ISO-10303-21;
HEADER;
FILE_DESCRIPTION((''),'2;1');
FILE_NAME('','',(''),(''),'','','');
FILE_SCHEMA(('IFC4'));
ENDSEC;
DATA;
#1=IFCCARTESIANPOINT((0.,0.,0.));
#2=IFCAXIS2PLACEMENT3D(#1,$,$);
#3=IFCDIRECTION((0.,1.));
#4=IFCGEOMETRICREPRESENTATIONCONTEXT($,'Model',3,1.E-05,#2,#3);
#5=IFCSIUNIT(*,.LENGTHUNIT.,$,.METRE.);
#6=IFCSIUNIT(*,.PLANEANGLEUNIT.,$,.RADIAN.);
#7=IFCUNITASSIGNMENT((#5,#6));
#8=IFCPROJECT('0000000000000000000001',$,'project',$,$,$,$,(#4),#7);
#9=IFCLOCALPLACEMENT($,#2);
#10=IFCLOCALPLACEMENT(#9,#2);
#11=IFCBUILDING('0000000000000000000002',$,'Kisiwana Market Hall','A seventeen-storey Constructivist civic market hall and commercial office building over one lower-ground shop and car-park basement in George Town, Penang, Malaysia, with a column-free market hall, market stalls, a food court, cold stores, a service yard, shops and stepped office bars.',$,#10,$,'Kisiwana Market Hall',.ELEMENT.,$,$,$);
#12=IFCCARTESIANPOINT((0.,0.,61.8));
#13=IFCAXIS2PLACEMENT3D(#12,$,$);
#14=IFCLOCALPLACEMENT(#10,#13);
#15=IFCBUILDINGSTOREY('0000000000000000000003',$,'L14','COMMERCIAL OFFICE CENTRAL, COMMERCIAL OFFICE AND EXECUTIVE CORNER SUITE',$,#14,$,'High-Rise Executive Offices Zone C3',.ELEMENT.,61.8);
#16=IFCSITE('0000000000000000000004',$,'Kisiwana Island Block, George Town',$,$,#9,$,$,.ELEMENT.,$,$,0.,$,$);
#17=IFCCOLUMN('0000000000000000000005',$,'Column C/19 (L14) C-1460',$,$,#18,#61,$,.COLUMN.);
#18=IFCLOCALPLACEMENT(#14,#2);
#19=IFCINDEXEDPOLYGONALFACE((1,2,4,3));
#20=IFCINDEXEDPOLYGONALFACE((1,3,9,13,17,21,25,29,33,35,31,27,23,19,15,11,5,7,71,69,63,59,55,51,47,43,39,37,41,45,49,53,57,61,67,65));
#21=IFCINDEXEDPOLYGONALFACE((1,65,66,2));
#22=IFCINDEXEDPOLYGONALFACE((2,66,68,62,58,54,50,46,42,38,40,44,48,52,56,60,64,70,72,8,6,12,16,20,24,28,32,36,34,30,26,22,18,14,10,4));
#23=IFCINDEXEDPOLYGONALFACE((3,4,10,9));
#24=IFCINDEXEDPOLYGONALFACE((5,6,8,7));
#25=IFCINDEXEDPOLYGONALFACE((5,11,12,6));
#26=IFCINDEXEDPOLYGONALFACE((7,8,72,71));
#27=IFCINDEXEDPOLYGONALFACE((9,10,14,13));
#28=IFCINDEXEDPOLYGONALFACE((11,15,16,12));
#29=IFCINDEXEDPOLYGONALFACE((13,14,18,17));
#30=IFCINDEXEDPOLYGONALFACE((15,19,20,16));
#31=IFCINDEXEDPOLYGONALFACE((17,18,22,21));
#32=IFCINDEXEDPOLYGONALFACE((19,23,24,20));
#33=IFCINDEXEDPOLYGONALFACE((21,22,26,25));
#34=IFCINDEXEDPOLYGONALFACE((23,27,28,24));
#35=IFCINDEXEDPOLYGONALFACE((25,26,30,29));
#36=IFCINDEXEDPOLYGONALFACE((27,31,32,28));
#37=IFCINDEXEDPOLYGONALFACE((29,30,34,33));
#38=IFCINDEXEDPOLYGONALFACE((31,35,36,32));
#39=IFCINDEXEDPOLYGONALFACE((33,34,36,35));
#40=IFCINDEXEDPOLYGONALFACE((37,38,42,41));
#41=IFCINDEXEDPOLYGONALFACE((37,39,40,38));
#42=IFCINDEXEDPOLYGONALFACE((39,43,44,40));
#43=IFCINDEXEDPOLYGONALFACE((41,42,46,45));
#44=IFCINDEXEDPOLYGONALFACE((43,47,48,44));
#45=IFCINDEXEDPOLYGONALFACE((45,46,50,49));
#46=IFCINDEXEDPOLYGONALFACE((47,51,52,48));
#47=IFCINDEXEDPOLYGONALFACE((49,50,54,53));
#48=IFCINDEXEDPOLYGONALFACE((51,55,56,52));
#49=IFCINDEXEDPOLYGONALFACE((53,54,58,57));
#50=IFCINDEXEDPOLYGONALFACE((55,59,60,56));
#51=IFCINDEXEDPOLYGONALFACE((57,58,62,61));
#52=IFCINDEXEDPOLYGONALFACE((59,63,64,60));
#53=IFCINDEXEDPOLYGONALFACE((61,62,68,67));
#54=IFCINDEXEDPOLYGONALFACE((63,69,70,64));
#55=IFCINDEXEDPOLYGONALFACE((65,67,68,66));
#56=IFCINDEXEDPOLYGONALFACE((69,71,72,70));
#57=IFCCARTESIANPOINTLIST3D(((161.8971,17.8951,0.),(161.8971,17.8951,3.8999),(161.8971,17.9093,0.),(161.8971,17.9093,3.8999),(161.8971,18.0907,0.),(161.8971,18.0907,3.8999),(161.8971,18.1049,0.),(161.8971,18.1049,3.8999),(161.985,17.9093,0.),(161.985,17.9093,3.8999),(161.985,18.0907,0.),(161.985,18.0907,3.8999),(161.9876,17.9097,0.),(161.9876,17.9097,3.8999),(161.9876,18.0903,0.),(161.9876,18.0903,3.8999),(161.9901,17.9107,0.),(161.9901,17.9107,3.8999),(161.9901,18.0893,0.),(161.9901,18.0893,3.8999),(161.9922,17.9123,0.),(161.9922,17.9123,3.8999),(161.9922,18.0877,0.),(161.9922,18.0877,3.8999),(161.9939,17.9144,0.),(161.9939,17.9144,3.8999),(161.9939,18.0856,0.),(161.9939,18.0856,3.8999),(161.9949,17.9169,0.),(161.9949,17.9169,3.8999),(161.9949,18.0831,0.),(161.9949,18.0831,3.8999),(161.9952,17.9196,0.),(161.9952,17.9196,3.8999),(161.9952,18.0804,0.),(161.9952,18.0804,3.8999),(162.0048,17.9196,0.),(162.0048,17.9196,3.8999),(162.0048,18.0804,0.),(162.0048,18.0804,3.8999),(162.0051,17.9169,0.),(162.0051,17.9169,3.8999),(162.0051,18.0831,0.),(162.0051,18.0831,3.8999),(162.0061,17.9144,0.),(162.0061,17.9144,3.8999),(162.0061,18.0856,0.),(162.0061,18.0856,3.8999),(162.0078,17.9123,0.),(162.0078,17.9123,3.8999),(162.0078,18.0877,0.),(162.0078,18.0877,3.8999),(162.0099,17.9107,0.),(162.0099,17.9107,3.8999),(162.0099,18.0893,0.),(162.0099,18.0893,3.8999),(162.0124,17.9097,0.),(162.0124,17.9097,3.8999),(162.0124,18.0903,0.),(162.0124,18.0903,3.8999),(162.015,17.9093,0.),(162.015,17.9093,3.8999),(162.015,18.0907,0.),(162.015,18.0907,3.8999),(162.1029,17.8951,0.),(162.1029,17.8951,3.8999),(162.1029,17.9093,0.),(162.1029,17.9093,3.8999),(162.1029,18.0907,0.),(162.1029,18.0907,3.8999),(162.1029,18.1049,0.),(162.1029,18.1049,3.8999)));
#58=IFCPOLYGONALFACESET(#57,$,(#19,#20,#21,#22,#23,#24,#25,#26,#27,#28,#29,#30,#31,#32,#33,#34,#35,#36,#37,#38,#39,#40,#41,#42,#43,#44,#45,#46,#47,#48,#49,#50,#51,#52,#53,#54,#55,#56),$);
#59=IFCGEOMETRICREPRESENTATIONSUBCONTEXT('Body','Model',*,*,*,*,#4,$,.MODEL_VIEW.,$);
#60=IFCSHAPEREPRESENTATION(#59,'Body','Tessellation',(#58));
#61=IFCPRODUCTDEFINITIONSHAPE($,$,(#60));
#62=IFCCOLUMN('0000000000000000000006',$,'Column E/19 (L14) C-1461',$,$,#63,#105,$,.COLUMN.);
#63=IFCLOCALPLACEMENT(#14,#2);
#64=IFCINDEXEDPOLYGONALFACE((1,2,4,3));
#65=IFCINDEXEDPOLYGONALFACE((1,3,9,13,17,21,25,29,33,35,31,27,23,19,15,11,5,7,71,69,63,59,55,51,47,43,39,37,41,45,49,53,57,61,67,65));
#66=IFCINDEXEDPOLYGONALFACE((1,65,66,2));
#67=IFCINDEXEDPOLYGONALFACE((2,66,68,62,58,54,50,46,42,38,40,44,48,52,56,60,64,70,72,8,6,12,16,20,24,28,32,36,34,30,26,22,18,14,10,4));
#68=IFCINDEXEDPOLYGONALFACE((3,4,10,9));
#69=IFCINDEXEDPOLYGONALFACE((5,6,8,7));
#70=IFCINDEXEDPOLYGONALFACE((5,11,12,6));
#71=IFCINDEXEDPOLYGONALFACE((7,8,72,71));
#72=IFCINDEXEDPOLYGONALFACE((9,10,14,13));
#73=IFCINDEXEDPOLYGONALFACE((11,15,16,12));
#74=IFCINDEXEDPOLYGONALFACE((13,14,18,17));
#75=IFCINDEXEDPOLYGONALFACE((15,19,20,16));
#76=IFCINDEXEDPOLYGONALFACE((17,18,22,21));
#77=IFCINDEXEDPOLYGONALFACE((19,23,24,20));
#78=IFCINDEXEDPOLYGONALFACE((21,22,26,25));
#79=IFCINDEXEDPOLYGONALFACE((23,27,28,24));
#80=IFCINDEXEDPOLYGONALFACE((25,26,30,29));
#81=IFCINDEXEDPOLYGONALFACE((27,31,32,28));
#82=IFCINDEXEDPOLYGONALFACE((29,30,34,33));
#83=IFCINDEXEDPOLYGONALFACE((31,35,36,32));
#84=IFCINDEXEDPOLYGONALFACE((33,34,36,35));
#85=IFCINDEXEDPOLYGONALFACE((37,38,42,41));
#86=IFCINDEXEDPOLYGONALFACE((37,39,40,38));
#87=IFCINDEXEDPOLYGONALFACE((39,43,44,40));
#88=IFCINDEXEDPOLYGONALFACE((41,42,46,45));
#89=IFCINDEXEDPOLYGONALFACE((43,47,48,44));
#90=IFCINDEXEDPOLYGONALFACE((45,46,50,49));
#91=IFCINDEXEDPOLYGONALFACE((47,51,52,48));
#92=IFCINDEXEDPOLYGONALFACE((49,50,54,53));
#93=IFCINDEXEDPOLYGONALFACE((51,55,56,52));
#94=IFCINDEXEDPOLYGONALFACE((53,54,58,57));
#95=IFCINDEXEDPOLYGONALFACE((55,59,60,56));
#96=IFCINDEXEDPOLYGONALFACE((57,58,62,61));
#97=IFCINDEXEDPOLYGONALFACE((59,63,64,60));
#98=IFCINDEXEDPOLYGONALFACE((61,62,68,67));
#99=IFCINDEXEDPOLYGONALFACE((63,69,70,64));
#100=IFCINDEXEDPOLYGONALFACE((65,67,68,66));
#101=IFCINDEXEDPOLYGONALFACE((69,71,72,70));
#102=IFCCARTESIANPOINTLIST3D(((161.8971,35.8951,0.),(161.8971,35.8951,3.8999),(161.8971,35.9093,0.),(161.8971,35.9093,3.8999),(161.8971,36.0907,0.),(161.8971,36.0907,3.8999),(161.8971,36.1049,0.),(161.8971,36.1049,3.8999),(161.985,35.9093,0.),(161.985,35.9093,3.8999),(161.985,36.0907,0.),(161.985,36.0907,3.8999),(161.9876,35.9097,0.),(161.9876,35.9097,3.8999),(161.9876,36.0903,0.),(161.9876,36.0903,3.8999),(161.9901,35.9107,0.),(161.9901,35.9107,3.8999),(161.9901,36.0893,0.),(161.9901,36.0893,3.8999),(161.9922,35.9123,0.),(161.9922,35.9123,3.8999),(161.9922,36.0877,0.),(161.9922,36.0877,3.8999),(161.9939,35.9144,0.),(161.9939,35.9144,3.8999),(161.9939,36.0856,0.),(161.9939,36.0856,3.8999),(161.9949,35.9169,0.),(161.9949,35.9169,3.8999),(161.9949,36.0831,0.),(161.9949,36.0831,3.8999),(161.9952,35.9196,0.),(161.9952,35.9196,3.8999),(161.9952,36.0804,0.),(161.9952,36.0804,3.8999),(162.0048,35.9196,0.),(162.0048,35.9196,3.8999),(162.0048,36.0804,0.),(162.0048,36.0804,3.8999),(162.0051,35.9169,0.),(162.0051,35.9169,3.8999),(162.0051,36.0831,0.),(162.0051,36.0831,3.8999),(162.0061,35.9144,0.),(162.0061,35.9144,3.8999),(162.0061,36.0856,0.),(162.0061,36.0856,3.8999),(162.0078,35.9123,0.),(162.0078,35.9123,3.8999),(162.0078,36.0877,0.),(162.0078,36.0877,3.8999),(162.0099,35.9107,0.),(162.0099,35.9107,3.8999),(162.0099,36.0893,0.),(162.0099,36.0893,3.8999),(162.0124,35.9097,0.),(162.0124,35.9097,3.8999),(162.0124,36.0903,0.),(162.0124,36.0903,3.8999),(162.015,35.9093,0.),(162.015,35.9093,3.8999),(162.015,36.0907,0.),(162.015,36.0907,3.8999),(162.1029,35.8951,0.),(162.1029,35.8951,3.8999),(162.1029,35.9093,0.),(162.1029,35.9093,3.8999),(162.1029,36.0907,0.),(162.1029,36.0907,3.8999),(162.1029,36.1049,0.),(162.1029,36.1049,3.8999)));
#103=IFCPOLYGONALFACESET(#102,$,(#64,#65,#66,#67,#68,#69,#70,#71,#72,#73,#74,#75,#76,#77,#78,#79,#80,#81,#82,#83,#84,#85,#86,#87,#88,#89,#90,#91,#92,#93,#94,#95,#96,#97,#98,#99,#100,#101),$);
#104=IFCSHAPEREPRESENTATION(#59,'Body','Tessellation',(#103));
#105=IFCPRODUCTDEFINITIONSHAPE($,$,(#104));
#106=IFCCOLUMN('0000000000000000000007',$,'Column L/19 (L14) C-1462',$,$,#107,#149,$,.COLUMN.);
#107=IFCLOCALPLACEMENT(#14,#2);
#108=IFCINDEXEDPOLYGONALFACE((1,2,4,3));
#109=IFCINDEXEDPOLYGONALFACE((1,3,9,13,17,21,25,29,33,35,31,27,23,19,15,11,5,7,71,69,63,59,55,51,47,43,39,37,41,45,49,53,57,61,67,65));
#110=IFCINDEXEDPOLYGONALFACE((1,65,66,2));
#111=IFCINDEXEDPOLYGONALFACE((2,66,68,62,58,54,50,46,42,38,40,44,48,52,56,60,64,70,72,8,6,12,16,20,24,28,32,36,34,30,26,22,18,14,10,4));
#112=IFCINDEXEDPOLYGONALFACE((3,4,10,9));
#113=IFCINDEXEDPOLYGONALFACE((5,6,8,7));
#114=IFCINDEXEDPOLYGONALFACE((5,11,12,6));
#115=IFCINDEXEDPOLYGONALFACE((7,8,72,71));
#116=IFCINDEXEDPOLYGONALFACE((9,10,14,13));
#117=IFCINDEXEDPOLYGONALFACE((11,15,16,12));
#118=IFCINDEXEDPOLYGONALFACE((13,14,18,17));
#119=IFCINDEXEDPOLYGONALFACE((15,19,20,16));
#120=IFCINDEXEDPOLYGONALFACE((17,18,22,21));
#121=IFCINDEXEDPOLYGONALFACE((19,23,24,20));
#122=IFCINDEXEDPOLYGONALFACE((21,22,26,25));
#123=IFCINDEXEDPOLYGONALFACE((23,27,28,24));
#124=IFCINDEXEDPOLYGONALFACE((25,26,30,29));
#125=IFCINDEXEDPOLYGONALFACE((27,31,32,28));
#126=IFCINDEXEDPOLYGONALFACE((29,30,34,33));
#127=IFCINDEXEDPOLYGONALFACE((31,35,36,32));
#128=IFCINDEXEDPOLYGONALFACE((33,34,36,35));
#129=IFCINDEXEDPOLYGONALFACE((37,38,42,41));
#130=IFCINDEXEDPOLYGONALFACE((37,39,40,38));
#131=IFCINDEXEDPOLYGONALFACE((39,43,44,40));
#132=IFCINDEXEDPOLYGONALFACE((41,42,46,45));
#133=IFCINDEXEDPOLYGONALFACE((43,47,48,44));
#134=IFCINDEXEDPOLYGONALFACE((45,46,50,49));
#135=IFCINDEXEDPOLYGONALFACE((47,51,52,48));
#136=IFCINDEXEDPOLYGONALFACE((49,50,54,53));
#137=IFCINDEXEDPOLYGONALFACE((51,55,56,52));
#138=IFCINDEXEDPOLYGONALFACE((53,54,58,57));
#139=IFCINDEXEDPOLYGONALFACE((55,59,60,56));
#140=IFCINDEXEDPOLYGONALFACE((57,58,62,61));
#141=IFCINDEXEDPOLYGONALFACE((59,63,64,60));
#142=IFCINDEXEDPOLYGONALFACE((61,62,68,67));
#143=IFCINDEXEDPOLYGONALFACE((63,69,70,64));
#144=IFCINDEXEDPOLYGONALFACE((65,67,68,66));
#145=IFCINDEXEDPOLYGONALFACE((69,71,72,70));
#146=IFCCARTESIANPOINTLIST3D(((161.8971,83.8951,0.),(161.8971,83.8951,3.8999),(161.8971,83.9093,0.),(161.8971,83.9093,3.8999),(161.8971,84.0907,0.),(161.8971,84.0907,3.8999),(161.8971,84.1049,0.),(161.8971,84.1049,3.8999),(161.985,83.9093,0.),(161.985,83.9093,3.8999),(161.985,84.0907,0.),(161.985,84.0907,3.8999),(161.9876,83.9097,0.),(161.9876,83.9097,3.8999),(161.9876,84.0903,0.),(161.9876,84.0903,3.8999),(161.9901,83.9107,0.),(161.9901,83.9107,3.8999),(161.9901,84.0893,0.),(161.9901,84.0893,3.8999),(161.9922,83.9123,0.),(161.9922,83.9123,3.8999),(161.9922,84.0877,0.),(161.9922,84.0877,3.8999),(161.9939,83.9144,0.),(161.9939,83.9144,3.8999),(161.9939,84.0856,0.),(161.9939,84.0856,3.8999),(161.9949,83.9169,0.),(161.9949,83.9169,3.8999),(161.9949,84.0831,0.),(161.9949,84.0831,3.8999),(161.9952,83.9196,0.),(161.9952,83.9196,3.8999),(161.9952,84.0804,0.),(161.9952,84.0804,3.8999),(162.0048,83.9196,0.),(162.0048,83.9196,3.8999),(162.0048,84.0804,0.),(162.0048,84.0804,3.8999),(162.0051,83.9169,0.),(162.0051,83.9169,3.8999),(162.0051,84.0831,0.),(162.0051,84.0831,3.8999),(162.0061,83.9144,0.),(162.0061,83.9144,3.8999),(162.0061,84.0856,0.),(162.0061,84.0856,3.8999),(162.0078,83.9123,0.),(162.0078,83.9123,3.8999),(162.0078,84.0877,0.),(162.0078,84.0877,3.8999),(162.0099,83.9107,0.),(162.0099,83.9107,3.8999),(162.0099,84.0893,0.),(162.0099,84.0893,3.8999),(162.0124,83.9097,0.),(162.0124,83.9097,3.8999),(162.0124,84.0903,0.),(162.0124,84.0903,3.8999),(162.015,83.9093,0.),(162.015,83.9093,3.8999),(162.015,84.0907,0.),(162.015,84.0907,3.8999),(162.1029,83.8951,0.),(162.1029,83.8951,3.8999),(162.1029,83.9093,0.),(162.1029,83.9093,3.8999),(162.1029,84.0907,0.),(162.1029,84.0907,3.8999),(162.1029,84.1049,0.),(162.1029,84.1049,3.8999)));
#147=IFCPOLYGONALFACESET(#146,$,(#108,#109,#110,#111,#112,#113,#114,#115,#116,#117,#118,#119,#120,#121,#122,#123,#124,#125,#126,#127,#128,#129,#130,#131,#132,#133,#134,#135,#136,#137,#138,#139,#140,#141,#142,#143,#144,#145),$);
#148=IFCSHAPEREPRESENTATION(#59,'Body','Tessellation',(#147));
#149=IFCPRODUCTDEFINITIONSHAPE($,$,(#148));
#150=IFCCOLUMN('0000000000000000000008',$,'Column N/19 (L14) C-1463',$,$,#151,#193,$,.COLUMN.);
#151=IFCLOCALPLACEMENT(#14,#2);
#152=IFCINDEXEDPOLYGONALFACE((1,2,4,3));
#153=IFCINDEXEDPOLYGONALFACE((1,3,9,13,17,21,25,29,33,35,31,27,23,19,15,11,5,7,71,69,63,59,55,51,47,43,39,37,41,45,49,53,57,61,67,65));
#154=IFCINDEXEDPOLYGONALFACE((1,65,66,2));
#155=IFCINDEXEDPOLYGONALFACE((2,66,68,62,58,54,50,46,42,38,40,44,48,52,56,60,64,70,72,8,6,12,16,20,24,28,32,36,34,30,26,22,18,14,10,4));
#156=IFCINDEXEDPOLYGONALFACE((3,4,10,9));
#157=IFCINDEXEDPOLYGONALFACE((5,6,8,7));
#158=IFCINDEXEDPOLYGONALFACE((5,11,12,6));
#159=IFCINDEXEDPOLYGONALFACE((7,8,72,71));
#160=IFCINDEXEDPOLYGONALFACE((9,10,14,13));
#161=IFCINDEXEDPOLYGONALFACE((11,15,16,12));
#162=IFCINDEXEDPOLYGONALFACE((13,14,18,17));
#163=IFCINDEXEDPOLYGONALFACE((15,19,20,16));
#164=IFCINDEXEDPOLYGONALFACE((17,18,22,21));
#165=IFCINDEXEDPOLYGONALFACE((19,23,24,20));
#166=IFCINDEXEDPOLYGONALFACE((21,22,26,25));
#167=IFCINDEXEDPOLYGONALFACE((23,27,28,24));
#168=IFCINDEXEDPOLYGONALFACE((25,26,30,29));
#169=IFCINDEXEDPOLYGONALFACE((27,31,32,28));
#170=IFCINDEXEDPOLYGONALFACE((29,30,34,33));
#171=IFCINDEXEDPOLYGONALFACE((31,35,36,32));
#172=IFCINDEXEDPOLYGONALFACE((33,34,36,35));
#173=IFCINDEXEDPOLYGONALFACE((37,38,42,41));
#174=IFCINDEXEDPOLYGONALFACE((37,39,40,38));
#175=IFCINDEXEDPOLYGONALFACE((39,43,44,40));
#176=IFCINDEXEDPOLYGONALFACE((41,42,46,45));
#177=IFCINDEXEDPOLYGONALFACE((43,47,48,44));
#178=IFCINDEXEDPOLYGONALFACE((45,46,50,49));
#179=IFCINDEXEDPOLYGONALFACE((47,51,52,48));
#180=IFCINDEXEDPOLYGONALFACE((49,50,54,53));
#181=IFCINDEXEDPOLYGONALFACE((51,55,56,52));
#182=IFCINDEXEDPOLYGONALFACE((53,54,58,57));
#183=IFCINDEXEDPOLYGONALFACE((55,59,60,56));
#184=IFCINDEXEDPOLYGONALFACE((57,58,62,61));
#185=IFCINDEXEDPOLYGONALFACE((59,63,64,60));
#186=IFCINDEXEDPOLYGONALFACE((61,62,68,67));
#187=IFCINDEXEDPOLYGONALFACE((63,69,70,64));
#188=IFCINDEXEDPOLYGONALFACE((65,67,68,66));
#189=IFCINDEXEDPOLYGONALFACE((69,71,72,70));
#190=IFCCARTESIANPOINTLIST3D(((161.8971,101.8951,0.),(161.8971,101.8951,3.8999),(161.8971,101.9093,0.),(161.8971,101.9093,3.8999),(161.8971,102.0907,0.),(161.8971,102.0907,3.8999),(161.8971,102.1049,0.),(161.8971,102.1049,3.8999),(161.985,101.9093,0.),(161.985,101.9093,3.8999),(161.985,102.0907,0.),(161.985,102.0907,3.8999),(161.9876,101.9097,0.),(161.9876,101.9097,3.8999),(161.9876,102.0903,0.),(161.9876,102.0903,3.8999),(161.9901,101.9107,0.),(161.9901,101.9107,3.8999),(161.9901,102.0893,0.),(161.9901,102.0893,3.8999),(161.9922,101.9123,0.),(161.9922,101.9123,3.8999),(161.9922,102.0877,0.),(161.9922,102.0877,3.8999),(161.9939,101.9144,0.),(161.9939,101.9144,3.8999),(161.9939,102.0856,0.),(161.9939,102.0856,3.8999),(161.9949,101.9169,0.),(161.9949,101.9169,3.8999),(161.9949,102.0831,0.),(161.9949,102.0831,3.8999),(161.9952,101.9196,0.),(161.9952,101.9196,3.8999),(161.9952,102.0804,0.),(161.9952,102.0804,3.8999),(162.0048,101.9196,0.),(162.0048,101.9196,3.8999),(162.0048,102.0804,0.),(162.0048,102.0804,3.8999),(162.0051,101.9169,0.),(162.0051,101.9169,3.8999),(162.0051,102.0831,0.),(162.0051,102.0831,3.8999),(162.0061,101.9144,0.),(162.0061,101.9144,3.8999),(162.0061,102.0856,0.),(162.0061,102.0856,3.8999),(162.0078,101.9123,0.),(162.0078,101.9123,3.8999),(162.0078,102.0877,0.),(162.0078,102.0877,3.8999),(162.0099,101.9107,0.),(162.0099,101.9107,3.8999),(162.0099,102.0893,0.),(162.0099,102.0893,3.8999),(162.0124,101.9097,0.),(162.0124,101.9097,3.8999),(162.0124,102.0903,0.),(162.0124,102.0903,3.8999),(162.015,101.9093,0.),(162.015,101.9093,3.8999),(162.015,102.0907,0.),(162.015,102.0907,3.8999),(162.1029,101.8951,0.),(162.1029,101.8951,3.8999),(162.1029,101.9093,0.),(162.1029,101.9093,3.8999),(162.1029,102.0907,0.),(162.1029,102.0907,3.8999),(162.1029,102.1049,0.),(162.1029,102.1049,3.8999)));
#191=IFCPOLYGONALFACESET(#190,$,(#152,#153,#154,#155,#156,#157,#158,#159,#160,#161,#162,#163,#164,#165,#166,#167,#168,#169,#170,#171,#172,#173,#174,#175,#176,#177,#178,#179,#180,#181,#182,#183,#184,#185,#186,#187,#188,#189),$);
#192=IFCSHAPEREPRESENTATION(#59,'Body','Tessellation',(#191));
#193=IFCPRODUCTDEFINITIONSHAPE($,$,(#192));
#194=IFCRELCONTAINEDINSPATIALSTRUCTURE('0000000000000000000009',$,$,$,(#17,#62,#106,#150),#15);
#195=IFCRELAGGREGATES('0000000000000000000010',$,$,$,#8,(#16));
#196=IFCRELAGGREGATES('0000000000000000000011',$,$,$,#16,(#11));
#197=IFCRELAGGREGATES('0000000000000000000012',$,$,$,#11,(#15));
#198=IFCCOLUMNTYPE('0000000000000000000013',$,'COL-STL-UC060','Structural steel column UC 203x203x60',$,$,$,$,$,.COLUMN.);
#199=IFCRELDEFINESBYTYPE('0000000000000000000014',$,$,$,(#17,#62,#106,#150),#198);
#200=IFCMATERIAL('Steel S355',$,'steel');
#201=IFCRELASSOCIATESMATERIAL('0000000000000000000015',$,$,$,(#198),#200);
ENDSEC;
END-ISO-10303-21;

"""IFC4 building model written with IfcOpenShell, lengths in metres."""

from ifc_helpers import new_model, si_unit, direction, frame, origin, origin_2d, place, context, subcontext, project, spatial, i_section, extrude, material, material_profile, profile_set, type_object, element, save


model = new_model("IFC4")

# Units and contexts
model_context = context("Model", 3, precision=1e-05, world=origin(), true_north=direction((0.0, 1.0)))
body_context = subcontext(model_context, "Body", "Model", "MODEL_VIEW")
ifc_project = project(units=[si_unit("LENGTHUNIT", "METRE"), si_unit("PLANEANGLEUNIT", "RADIAN")], contexts=[model_context])

# Site, building, storey
site_placement = place(None, origin())
site = spatial("IfcSite", under=ifc_project, at=site_placement, Name="Kisiwana Island Block, George Town", CompositionType="ELEMENT", RefElevation=0.0)
building_placement = place(site_placement, origin())
building = spatial("IfcBuilding", under=site, at=building_placement, Name="Kisiwana Market Hall", Description="A seventeen-storey Constructivist civic market hall and commercial office building over one lower-ground shop and car-park basement in George Town, Penang, Malaysia, with a column-free market hall, market stalls, a food court, cold stores, a service yard, shops and stepped office bars.", LongName="Kisiwana Market Hall", CompositionType="ELEMENT")
storey_placement = place(building_placement, frame((0.0, 0.0, 61.8)))
storey = spatial("IfcBuildingStorey", under=building, at=storey_placement, Name="L14", Description="COMMERCIAL OFFICE CENTRAL, COMMERCIAL OFFICE AND EXECUTIVE CORNER SUITE", LongName="High-Rise Executive Offices Zone C3", CompositionType="ELEMENT", Elevation=61.8)

# Columns
ifc_material_1 = material(Name="Steel S355", Category="steel")
ifc_material_profile_1 = material_profile(ifc_material_1, i_section(OverallWidth=0.2058, OverallDepth=0.2097, WebThickness=0.0095, FlangeThickness=0.0142, FilletRadius=0.0103, at=origin_2d()), Name="UC 203x203x60")
ifc_profile_set_1 = profile_set([ifc_material_profile_1], Name="Steel S355")
column_type = type_object("IfcColumnType", Name="COL-STL-UC060", Description="Structural steel column UC 203x203x60", PredefinedType="COLUMN", material=ifc_profile_set_1)
for number, where, z_axis, x_axis, name in (
    (1, (162.0, 18.0, 0.0), (0.0, 0.0, 1.0), (1.0, 0.0, 0.0), "Column C/19 (L14) C-1460"),
    (2, (162.0, 36.0, 0.0), (0.0, 0.0, 1.0), (1.0, 0.0, 0.0), "Column E/19 (L14) C-1461"),
    (3, (162.0, 84.0, 0.0), (0.0, 0.0, 1.0), (1.0, 0.0, 0.0), "Column L/19 (L14) C-1462"),
    (4, (162.0, 102.0, 0.0), (0.0, 0.0, 1.0), (1.0, 0.0, 0.0), "Column N/19 (L14) C-1463"),
):
    element("IfcColumn", number, at=place(storey_placement, frame(where, z_axis=z_axis, x_axis=x_axis)), inside=storey, type_object=column_type, Name=name, PredefinedType="COLUMN", context=body_context, shape_type="SweptSolid", body=[
        extrude(i_section(OverallWidth=0.2058, OverallDepth=0.2097, WebThickness=0.0095, FlangeThickness=0.0142, FilletRadius=0.0103, at=origin_2d()), origin(), (0.0, 0.0, 1.0), 3.8999),
    ])

save(model, "model.ifc")
